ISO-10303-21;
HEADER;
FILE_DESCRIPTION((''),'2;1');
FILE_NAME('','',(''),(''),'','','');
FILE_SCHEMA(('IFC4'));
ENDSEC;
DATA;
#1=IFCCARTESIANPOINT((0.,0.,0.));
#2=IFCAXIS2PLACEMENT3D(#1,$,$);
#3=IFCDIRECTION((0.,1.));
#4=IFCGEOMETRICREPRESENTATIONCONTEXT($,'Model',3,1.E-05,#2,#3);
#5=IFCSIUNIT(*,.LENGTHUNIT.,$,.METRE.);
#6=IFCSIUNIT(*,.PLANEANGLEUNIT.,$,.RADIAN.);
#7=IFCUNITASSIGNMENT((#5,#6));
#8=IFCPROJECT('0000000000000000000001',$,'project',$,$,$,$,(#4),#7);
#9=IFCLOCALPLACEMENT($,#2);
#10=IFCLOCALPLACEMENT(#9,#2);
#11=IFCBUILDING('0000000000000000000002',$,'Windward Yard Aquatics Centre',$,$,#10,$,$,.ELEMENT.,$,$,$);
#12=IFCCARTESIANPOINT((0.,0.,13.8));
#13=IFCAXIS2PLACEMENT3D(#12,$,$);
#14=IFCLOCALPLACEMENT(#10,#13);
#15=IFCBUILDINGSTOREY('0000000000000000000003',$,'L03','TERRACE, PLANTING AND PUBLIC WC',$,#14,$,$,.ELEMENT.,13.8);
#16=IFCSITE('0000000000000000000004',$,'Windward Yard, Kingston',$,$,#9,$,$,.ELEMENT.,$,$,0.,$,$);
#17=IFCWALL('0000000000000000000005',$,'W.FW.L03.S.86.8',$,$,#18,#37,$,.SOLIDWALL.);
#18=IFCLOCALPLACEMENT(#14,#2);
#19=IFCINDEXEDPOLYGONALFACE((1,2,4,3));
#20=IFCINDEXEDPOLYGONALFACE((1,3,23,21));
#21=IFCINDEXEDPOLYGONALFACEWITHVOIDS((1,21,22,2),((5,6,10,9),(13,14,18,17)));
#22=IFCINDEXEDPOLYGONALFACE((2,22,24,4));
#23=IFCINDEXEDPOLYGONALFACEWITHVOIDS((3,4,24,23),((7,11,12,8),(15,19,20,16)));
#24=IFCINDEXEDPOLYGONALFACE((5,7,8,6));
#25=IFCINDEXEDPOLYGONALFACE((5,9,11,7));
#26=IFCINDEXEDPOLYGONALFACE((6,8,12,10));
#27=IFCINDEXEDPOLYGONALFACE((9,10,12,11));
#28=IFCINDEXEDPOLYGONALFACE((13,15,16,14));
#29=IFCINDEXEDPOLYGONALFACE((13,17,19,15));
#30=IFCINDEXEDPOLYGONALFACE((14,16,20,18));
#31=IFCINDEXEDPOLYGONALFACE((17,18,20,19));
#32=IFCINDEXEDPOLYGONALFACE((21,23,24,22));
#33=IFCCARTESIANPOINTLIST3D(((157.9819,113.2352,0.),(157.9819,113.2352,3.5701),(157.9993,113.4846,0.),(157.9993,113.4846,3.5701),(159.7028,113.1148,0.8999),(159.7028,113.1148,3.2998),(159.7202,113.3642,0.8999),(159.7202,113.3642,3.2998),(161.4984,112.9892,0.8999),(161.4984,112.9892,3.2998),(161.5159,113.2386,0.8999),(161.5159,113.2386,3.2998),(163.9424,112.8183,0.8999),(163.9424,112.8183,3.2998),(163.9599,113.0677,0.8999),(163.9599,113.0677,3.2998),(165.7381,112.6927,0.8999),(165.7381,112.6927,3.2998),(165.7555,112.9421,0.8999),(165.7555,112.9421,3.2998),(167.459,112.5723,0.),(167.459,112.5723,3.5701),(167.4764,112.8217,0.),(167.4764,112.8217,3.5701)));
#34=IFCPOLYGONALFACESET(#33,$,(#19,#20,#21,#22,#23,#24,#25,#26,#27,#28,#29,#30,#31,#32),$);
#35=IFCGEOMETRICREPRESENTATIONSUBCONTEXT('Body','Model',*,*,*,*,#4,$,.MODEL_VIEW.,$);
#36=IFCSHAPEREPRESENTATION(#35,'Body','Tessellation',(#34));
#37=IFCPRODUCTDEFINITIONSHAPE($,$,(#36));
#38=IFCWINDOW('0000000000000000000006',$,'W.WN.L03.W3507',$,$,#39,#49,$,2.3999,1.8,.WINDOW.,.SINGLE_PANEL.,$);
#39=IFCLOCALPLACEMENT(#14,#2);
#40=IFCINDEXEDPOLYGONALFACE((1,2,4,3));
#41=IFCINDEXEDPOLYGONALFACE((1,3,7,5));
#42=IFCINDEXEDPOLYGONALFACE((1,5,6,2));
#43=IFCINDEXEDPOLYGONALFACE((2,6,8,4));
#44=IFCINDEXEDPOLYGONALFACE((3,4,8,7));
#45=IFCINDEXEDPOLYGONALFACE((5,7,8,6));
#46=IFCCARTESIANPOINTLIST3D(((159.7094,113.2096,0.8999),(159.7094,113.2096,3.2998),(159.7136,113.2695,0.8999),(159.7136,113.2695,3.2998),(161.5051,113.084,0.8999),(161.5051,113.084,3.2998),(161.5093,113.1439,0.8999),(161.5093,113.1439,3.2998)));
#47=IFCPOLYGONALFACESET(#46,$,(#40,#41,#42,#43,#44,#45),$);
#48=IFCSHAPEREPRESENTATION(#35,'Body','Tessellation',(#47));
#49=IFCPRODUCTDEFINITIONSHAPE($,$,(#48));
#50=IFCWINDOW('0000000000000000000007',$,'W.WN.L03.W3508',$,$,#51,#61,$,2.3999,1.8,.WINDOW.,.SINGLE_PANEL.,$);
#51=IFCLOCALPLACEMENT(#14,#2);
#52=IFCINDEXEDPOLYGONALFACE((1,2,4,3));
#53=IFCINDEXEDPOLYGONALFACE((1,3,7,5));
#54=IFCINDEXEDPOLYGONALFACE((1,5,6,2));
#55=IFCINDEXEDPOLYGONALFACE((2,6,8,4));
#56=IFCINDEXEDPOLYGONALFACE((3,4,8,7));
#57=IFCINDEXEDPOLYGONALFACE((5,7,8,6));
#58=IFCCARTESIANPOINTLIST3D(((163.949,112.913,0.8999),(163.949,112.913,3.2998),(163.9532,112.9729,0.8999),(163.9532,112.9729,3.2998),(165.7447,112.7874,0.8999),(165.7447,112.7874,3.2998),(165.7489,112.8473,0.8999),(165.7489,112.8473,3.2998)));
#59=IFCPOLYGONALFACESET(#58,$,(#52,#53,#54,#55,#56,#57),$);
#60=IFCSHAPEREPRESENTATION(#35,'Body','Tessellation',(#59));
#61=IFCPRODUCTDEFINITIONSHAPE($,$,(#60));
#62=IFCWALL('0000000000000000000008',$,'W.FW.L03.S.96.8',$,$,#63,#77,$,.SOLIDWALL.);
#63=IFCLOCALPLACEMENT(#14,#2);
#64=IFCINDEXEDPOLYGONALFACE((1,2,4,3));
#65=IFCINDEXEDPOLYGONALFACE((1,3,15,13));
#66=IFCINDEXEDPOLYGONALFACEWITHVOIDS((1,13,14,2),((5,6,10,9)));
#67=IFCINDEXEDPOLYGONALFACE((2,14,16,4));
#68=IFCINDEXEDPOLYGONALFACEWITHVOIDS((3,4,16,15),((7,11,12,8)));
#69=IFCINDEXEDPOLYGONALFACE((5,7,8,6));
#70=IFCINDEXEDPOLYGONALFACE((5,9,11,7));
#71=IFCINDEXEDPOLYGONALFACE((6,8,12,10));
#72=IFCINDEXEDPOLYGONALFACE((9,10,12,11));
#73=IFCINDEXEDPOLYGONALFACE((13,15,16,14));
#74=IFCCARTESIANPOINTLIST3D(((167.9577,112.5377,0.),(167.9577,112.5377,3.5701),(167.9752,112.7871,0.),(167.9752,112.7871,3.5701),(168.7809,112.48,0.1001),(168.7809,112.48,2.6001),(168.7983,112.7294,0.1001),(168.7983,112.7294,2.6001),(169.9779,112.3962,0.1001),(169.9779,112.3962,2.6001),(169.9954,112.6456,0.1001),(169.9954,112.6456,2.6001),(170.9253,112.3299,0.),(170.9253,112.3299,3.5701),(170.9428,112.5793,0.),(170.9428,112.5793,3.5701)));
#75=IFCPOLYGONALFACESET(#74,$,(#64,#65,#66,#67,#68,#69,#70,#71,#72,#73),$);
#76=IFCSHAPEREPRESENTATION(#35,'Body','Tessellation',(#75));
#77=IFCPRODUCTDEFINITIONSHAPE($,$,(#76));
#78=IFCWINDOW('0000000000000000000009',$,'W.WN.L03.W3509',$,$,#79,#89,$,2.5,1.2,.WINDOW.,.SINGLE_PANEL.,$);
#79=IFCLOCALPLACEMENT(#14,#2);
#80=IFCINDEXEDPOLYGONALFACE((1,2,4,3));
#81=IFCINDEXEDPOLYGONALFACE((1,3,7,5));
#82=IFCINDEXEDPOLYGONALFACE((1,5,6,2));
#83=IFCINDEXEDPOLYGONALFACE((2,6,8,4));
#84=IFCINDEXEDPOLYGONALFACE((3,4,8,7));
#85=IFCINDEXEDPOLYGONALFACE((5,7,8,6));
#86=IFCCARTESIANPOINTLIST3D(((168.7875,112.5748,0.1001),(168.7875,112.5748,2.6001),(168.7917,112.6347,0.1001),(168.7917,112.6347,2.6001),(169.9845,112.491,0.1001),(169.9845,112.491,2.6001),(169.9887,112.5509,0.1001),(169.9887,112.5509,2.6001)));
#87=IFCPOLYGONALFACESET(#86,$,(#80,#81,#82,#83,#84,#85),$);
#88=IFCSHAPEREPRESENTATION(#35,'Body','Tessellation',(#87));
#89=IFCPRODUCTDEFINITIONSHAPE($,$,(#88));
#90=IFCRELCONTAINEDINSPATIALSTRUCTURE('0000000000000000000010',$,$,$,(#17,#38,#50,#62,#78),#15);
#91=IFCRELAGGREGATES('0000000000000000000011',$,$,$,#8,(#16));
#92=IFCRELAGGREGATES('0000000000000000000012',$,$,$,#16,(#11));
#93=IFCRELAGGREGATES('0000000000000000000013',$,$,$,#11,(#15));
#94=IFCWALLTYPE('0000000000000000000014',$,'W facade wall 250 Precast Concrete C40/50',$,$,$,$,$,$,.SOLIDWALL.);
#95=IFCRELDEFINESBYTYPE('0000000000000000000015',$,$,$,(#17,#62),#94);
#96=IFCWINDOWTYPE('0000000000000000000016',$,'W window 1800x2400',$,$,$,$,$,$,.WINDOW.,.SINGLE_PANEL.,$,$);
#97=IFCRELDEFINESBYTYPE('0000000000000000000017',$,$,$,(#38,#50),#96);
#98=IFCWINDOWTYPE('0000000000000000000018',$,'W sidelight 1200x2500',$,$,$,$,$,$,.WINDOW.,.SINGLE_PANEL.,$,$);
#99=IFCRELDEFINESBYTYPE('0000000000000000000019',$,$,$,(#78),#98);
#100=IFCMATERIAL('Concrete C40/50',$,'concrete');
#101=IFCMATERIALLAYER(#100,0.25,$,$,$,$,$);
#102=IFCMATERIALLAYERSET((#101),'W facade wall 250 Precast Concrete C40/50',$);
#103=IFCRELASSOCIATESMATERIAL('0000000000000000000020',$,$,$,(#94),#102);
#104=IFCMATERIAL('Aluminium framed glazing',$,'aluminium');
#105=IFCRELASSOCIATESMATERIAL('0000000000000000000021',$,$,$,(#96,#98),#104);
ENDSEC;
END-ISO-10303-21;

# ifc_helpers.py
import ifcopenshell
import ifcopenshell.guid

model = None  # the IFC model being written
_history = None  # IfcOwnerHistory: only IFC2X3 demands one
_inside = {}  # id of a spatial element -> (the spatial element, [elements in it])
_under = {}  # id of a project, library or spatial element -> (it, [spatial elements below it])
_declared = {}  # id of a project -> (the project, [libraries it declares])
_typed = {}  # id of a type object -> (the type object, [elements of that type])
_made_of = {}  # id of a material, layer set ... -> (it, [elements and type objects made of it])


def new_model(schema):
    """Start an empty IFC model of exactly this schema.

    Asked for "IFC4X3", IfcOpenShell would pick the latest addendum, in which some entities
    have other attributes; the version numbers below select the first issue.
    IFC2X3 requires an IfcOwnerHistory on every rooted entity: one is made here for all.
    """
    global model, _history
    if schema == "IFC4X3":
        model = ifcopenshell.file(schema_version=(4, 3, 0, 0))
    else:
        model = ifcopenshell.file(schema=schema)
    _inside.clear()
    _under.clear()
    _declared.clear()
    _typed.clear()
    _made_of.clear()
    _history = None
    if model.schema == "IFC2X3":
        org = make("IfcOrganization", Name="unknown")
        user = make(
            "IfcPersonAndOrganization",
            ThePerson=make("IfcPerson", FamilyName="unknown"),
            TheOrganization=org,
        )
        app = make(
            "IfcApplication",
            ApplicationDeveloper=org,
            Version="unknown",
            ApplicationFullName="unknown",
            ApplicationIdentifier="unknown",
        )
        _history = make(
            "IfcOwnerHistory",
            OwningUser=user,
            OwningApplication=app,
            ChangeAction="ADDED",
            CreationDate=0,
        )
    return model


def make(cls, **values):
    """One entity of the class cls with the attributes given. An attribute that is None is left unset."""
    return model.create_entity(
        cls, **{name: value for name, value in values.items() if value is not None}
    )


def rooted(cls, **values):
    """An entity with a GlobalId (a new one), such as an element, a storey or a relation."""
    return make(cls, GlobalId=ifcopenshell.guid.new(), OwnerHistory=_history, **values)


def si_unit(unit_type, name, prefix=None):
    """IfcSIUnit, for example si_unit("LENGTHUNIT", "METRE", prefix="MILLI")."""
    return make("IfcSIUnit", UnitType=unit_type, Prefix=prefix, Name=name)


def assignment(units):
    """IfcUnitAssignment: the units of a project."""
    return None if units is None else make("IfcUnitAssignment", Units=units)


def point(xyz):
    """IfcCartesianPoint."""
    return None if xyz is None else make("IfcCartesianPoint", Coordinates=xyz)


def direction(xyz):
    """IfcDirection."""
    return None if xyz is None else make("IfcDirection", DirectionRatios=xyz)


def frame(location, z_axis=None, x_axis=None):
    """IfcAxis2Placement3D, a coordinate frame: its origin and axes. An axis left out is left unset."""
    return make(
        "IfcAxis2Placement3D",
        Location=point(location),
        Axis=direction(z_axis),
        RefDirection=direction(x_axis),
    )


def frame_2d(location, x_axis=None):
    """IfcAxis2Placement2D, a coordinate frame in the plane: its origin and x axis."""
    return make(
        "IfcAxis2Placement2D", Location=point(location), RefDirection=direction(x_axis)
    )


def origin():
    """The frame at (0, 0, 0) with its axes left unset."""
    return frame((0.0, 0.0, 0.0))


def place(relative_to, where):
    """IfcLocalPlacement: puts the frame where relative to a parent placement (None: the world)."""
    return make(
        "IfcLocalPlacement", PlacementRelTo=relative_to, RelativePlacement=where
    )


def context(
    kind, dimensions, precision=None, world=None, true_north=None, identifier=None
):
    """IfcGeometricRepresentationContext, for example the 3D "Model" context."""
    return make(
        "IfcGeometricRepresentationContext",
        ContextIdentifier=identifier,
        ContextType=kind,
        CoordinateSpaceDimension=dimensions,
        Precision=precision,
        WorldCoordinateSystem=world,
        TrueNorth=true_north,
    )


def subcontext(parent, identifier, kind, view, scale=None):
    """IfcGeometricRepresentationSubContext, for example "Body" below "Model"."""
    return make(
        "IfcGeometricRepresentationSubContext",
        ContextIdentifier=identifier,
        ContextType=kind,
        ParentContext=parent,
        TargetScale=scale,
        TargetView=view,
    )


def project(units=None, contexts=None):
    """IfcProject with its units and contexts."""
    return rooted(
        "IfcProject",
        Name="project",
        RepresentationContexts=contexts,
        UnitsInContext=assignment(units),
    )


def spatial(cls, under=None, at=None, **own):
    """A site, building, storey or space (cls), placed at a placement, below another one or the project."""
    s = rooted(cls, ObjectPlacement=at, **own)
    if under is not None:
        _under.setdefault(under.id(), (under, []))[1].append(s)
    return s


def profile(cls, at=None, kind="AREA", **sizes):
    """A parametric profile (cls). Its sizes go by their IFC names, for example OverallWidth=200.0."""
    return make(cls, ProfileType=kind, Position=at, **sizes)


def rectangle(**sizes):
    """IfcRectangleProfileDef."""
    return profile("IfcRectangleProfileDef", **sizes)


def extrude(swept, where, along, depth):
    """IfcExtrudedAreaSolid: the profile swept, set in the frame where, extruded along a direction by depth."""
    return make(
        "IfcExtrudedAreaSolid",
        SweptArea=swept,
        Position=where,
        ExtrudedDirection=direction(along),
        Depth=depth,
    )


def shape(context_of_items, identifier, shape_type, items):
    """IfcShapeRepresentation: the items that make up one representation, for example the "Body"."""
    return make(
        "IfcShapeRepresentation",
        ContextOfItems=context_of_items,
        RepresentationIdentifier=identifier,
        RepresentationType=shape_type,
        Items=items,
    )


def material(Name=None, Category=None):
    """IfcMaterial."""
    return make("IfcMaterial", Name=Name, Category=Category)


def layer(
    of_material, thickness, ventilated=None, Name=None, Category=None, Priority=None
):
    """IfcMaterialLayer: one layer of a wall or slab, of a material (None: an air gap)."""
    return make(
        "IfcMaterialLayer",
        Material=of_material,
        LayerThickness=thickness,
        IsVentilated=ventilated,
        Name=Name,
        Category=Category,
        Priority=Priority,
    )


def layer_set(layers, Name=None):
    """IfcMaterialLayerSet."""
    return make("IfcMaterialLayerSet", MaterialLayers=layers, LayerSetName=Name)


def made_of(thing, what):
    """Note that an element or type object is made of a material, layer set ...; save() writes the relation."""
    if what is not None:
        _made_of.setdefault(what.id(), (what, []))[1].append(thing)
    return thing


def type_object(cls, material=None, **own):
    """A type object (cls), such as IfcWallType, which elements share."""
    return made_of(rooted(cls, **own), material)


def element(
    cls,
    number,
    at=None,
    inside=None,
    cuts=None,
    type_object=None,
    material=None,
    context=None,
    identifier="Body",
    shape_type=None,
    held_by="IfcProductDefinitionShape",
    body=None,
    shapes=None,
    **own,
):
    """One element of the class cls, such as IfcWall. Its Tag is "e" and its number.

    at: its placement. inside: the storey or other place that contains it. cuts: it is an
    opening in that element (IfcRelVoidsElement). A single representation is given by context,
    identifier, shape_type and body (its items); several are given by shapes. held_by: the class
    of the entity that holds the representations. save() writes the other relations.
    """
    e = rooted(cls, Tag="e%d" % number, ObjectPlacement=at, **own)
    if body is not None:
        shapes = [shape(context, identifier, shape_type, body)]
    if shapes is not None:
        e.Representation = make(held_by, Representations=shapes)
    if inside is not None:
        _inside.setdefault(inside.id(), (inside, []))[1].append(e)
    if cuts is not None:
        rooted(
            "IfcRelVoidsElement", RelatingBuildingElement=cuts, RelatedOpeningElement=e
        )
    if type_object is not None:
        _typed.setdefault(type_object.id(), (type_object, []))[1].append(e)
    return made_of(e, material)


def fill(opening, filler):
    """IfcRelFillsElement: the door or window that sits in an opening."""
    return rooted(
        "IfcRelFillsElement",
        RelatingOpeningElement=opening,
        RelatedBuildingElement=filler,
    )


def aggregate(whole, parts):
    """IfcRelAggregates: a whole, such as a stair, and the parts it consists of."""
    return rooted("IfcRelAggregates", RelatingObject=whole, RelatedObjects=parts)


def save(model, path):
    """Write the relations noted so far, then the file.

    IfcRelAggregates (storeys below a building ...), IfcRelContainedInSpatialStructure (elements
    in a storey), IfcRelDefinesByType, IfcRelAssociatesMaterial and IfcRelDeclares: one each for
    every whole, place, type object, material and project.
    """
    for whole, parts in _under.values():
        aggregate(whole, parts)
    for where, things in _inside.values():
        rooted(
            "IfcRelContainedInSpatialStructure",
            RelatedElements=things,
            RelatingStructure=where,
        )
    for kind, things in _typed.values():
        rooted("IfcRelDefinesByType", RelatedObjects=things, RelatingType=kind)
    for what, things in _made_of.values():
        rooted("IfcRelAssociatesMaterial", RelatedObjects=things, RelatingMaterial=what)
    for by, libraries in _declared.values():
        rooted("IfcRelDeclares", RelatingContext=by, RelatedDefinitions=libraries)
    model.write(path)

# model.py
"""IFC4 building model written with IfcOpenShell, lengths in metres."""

from ifc_helpers import new_model, si_unit, direction, frame, frame_2d, origin, place, context, subcontext, project, spatial, rectangle, extrude, material, layer, layer_set, type_object, element, fill, save


model = new_model("IFC4")

# Units and contexts
model_context = context("Model", 3, precision=1e-05, world=origin(), true_north=direction((0.0, 1.0)))
body_context = subcontext(model_context, "Body", "Model", "MODEL_VIEW")
ifc_project = project(units=[si_unit("LENGTHUNIT", "METRE"), si_unit("PLANEANGLEUNIT", "RADIAN")], contexts=[model_context])

# Site, building, storey
site_placement = place(None, origin())
site = spatial("IfcSite", under=ifc_project, at=site_placement, Name="Windward Yard, Kingston", CompositionType="ELEMENT", RefElevation=0.0)
building_placement = place(site_placement, origin())
building = spatial("IfcBuilding", under=site, at=building_placement, Name="Windward Yard Aquatics Centre", CompositionType="ELEMENT")
storey_placement = place(building_placement, frame((0.0, 0.0, 13.8)))
storey = spatial("IfcBuildingStorey", under=building, at=storey_placement, Name="L03", Description="TERRACE, PLANTING AND PUBLIC WC", CompositionType="ELEMENT", Elevation=13.8)

# Shared definitions
ifc_material_1 = material(Name="Concrete C40/50", Category="concrete")

# Wall, openings, windows
ifc_layer_1 = layer(ifc_material_1, 0.25)
ifc_layer_set_1 = layer_set([ifc_layer_1], Name="W facade wall 250 Precast Concrete C40/50")
wall_type_1 = type_object("IfcWallType", Name="W facade wall 250 Precast Concrete C40/50", PredefinedType="SOLIDWALL", material=ifc_layer_set_1)
wall_1_placement = place(storey_placement, frame((157.9907, 113.3599, 0.0), z_axis=(0.0, 0.0, 1.0), x_axis=(0.997563, -0.069771, 0.0)))
wall_1 = element("IfcWall", 1, at=wall_1_placement, inside=storey, type_object=wall_type_1, Name="W.FW.L03.S.86.8", PredefinedType="SOLIDWALL", context=body_context, shape_type="SweptSolid", body=[
    extrude(rectangle(XDim=9.5002, YDim=0.25, at=frame_2d((4.75, 0.0))), origin(), (0.0, 0.0, 1.0), 3.5701),
])
opening_1_placement = place(wall_1_placement, frame((1.7251, 0.0, 0.8999)))
opening_1 = element("IfcOpeningElement", 2, at=opening_1_placement, cuts=wall_1, PredefinedType="OPENING", context=body_context, shape_type="SweptSolid", body=[
    extrude(rectangle(XDim=1.8, YDim=2.3999, at=frame_2d((0.8999, 1.2))), frame((0.0, 0.135, 0.0), z_axis=(0.0, -1.0, 0.0), x_axis=(1.0, 0.0, 0.0)), (0.0, 0.0, 1.0), 0.27),
])
opening_2_placement = place(wall_1_placement, frame((5.9751, 0.0, 0.8999)))
opening_2 = element("IfcOpeningElement", 3, at=opening_2_placement, cuts=wall_1, PredefinedType="OPENING", context=body_context, shape_type="SweptSolid", body=[
    extrude(rectangle(XDim=1.8, YDim=2.3999, at=frame_2d((0.8999, 1.2))), frame((0.0, 0.135, 0.0), z_axis=(0.0, -1.0, 0.0), x_axis=(1.0, 0.0, 0.0)), (0.0, 0.0, 1.0), 0.27),
])
ifc_material_2 = material(Name="Aluminium framed glazing", Category="aluminium")
window_type_1 = type_object("IfcWindowType", Name="W window 1800x2400", PartitioningType="SINGLE_PANEL", PredefinedType="WINDOW", material=ifc_material_2)
window_1_placement = place(opening_1_placement, origin())
window_1 = element("IfcWindow", 4, at=window_1_placement, inside=storey, type_object=window_type_1, Name="W.WN.L03.W3507", OverallHeight=2.3999, OverallWidth=1.8, PartitioningType="SINGLE_PANEL", PredefinedType="WINDOW", context=body_context, shape_type="SweptSolid", body=[
    extrude(rectangle(XDim=1.8, YDim=2.3999, at=frame_2d((0.8999, 1.2))), frame((0.0, 0.03, 0.0), z_axis=(0.0, -1.0, 0.0), x_axis=(1.0, 0.0, 0.0)), (0.0, 0.0, 1.0), 0.0601),
])
fill(opening_1, window_1)
window_2_placement = place(opening_2_placement, origin())
window_2 = element("IfcWindow", 5, at=window_2_placement, inside=storey, type_object=window_type_1, Name="W.WN.L03.W3508", OverallHeight=2.3999, OverallWidth=1.8, PartitioningType="SINGLE_PANEL", PredefinedType="WINDOW", context=body_context, shape_type="SweptSolid", body=[
    extrude(rectangle(XDim=1.8, YDim=2.3999, at=frame_2d((0.8999, 1.2))), frame((0.0, 0.03, 0.0), z_axis=(0.0, -1.0, 0.0), x_axis=(1.0, 0.0, 0.0)), (0.0, 0.0, 1.0), 0.0601),
])
fill(opening_2, window_2)

# Wall, opening, window
wall_2_placement = place(storey_placement, frame((167.9666, 112.6624, 0.0), z_axis=(0.0, 0.0, 1.0), x_axis=(0.997558, -0.069841, 0.0)))
wall_2 = element("IfcWall", 6, at=wall_2_placement, inside=storey, type_object=wall_type_1, Name="W.FW.L03.S.96.8", PredefinedType="SOLIDWALL", context=body_context, shape_type="SweptSolid", body=[
    extrude(rectangle(XDim=2.9749, YDim=0.25, at=frame_2d((1.4873, 0.0))), origin(), (0.0, 0.0, 1.0), 3.5701),
])
opening_3_placement = place(wall_2_placement, frame((0.825, 0.0, 0.1001)))
opening_3 = element("IfcOpeningElement", 7, at=opening_3_placement, cuts=wall_2, PredefinedType="OPENING", context=body_context, shape_type="SweptSolid", body=[
    extrude(rectangle(XDim=1.2, YDim=2.5, at=frame_2d((0.6001, 1.25))), frame((0.0, 0.135, 0.0), z_axis=(0.0, -1.0, 0.0), x_axis=(1.0, 0.0, 0.0)), (0.0, 0.0, 1.0), 0.27),
])
window_type_2 = type_object("IfcWindowType", Name="W sidelight 1200x2500", PartitioningType="SINGLE_PANEL", PredefinedType="WINDOW", material=ifc_material_2)
window_3_placement = place(opening_3_placement, origin())
window_3 = element("IfcWindow", 8, at=window_3_placement, inside=storey, type_object=window_type_2, Name="W.WN.L03.W3509", OverallHeight=2.5, OverallWidth=1.2, PartitioningType="SINGLE_PANEL", PredefinedType="WINDOW", context=body_context, shape_type="SweptSolid", body=[
    extrude(rectangle(XDim=1.2, YDim=2.5, at=frame_2d((0.6001, 1.25))), frame((0.0, 0.03, 0.0), z_axis=(0.0, -1.0, 0.0), x_axis=(1.0, 0.0, 0.0)), (0.0, 0.0, 1.0), 0.0601),
])
fill(opening_3, window_3)

save(model, "model.ifc")
